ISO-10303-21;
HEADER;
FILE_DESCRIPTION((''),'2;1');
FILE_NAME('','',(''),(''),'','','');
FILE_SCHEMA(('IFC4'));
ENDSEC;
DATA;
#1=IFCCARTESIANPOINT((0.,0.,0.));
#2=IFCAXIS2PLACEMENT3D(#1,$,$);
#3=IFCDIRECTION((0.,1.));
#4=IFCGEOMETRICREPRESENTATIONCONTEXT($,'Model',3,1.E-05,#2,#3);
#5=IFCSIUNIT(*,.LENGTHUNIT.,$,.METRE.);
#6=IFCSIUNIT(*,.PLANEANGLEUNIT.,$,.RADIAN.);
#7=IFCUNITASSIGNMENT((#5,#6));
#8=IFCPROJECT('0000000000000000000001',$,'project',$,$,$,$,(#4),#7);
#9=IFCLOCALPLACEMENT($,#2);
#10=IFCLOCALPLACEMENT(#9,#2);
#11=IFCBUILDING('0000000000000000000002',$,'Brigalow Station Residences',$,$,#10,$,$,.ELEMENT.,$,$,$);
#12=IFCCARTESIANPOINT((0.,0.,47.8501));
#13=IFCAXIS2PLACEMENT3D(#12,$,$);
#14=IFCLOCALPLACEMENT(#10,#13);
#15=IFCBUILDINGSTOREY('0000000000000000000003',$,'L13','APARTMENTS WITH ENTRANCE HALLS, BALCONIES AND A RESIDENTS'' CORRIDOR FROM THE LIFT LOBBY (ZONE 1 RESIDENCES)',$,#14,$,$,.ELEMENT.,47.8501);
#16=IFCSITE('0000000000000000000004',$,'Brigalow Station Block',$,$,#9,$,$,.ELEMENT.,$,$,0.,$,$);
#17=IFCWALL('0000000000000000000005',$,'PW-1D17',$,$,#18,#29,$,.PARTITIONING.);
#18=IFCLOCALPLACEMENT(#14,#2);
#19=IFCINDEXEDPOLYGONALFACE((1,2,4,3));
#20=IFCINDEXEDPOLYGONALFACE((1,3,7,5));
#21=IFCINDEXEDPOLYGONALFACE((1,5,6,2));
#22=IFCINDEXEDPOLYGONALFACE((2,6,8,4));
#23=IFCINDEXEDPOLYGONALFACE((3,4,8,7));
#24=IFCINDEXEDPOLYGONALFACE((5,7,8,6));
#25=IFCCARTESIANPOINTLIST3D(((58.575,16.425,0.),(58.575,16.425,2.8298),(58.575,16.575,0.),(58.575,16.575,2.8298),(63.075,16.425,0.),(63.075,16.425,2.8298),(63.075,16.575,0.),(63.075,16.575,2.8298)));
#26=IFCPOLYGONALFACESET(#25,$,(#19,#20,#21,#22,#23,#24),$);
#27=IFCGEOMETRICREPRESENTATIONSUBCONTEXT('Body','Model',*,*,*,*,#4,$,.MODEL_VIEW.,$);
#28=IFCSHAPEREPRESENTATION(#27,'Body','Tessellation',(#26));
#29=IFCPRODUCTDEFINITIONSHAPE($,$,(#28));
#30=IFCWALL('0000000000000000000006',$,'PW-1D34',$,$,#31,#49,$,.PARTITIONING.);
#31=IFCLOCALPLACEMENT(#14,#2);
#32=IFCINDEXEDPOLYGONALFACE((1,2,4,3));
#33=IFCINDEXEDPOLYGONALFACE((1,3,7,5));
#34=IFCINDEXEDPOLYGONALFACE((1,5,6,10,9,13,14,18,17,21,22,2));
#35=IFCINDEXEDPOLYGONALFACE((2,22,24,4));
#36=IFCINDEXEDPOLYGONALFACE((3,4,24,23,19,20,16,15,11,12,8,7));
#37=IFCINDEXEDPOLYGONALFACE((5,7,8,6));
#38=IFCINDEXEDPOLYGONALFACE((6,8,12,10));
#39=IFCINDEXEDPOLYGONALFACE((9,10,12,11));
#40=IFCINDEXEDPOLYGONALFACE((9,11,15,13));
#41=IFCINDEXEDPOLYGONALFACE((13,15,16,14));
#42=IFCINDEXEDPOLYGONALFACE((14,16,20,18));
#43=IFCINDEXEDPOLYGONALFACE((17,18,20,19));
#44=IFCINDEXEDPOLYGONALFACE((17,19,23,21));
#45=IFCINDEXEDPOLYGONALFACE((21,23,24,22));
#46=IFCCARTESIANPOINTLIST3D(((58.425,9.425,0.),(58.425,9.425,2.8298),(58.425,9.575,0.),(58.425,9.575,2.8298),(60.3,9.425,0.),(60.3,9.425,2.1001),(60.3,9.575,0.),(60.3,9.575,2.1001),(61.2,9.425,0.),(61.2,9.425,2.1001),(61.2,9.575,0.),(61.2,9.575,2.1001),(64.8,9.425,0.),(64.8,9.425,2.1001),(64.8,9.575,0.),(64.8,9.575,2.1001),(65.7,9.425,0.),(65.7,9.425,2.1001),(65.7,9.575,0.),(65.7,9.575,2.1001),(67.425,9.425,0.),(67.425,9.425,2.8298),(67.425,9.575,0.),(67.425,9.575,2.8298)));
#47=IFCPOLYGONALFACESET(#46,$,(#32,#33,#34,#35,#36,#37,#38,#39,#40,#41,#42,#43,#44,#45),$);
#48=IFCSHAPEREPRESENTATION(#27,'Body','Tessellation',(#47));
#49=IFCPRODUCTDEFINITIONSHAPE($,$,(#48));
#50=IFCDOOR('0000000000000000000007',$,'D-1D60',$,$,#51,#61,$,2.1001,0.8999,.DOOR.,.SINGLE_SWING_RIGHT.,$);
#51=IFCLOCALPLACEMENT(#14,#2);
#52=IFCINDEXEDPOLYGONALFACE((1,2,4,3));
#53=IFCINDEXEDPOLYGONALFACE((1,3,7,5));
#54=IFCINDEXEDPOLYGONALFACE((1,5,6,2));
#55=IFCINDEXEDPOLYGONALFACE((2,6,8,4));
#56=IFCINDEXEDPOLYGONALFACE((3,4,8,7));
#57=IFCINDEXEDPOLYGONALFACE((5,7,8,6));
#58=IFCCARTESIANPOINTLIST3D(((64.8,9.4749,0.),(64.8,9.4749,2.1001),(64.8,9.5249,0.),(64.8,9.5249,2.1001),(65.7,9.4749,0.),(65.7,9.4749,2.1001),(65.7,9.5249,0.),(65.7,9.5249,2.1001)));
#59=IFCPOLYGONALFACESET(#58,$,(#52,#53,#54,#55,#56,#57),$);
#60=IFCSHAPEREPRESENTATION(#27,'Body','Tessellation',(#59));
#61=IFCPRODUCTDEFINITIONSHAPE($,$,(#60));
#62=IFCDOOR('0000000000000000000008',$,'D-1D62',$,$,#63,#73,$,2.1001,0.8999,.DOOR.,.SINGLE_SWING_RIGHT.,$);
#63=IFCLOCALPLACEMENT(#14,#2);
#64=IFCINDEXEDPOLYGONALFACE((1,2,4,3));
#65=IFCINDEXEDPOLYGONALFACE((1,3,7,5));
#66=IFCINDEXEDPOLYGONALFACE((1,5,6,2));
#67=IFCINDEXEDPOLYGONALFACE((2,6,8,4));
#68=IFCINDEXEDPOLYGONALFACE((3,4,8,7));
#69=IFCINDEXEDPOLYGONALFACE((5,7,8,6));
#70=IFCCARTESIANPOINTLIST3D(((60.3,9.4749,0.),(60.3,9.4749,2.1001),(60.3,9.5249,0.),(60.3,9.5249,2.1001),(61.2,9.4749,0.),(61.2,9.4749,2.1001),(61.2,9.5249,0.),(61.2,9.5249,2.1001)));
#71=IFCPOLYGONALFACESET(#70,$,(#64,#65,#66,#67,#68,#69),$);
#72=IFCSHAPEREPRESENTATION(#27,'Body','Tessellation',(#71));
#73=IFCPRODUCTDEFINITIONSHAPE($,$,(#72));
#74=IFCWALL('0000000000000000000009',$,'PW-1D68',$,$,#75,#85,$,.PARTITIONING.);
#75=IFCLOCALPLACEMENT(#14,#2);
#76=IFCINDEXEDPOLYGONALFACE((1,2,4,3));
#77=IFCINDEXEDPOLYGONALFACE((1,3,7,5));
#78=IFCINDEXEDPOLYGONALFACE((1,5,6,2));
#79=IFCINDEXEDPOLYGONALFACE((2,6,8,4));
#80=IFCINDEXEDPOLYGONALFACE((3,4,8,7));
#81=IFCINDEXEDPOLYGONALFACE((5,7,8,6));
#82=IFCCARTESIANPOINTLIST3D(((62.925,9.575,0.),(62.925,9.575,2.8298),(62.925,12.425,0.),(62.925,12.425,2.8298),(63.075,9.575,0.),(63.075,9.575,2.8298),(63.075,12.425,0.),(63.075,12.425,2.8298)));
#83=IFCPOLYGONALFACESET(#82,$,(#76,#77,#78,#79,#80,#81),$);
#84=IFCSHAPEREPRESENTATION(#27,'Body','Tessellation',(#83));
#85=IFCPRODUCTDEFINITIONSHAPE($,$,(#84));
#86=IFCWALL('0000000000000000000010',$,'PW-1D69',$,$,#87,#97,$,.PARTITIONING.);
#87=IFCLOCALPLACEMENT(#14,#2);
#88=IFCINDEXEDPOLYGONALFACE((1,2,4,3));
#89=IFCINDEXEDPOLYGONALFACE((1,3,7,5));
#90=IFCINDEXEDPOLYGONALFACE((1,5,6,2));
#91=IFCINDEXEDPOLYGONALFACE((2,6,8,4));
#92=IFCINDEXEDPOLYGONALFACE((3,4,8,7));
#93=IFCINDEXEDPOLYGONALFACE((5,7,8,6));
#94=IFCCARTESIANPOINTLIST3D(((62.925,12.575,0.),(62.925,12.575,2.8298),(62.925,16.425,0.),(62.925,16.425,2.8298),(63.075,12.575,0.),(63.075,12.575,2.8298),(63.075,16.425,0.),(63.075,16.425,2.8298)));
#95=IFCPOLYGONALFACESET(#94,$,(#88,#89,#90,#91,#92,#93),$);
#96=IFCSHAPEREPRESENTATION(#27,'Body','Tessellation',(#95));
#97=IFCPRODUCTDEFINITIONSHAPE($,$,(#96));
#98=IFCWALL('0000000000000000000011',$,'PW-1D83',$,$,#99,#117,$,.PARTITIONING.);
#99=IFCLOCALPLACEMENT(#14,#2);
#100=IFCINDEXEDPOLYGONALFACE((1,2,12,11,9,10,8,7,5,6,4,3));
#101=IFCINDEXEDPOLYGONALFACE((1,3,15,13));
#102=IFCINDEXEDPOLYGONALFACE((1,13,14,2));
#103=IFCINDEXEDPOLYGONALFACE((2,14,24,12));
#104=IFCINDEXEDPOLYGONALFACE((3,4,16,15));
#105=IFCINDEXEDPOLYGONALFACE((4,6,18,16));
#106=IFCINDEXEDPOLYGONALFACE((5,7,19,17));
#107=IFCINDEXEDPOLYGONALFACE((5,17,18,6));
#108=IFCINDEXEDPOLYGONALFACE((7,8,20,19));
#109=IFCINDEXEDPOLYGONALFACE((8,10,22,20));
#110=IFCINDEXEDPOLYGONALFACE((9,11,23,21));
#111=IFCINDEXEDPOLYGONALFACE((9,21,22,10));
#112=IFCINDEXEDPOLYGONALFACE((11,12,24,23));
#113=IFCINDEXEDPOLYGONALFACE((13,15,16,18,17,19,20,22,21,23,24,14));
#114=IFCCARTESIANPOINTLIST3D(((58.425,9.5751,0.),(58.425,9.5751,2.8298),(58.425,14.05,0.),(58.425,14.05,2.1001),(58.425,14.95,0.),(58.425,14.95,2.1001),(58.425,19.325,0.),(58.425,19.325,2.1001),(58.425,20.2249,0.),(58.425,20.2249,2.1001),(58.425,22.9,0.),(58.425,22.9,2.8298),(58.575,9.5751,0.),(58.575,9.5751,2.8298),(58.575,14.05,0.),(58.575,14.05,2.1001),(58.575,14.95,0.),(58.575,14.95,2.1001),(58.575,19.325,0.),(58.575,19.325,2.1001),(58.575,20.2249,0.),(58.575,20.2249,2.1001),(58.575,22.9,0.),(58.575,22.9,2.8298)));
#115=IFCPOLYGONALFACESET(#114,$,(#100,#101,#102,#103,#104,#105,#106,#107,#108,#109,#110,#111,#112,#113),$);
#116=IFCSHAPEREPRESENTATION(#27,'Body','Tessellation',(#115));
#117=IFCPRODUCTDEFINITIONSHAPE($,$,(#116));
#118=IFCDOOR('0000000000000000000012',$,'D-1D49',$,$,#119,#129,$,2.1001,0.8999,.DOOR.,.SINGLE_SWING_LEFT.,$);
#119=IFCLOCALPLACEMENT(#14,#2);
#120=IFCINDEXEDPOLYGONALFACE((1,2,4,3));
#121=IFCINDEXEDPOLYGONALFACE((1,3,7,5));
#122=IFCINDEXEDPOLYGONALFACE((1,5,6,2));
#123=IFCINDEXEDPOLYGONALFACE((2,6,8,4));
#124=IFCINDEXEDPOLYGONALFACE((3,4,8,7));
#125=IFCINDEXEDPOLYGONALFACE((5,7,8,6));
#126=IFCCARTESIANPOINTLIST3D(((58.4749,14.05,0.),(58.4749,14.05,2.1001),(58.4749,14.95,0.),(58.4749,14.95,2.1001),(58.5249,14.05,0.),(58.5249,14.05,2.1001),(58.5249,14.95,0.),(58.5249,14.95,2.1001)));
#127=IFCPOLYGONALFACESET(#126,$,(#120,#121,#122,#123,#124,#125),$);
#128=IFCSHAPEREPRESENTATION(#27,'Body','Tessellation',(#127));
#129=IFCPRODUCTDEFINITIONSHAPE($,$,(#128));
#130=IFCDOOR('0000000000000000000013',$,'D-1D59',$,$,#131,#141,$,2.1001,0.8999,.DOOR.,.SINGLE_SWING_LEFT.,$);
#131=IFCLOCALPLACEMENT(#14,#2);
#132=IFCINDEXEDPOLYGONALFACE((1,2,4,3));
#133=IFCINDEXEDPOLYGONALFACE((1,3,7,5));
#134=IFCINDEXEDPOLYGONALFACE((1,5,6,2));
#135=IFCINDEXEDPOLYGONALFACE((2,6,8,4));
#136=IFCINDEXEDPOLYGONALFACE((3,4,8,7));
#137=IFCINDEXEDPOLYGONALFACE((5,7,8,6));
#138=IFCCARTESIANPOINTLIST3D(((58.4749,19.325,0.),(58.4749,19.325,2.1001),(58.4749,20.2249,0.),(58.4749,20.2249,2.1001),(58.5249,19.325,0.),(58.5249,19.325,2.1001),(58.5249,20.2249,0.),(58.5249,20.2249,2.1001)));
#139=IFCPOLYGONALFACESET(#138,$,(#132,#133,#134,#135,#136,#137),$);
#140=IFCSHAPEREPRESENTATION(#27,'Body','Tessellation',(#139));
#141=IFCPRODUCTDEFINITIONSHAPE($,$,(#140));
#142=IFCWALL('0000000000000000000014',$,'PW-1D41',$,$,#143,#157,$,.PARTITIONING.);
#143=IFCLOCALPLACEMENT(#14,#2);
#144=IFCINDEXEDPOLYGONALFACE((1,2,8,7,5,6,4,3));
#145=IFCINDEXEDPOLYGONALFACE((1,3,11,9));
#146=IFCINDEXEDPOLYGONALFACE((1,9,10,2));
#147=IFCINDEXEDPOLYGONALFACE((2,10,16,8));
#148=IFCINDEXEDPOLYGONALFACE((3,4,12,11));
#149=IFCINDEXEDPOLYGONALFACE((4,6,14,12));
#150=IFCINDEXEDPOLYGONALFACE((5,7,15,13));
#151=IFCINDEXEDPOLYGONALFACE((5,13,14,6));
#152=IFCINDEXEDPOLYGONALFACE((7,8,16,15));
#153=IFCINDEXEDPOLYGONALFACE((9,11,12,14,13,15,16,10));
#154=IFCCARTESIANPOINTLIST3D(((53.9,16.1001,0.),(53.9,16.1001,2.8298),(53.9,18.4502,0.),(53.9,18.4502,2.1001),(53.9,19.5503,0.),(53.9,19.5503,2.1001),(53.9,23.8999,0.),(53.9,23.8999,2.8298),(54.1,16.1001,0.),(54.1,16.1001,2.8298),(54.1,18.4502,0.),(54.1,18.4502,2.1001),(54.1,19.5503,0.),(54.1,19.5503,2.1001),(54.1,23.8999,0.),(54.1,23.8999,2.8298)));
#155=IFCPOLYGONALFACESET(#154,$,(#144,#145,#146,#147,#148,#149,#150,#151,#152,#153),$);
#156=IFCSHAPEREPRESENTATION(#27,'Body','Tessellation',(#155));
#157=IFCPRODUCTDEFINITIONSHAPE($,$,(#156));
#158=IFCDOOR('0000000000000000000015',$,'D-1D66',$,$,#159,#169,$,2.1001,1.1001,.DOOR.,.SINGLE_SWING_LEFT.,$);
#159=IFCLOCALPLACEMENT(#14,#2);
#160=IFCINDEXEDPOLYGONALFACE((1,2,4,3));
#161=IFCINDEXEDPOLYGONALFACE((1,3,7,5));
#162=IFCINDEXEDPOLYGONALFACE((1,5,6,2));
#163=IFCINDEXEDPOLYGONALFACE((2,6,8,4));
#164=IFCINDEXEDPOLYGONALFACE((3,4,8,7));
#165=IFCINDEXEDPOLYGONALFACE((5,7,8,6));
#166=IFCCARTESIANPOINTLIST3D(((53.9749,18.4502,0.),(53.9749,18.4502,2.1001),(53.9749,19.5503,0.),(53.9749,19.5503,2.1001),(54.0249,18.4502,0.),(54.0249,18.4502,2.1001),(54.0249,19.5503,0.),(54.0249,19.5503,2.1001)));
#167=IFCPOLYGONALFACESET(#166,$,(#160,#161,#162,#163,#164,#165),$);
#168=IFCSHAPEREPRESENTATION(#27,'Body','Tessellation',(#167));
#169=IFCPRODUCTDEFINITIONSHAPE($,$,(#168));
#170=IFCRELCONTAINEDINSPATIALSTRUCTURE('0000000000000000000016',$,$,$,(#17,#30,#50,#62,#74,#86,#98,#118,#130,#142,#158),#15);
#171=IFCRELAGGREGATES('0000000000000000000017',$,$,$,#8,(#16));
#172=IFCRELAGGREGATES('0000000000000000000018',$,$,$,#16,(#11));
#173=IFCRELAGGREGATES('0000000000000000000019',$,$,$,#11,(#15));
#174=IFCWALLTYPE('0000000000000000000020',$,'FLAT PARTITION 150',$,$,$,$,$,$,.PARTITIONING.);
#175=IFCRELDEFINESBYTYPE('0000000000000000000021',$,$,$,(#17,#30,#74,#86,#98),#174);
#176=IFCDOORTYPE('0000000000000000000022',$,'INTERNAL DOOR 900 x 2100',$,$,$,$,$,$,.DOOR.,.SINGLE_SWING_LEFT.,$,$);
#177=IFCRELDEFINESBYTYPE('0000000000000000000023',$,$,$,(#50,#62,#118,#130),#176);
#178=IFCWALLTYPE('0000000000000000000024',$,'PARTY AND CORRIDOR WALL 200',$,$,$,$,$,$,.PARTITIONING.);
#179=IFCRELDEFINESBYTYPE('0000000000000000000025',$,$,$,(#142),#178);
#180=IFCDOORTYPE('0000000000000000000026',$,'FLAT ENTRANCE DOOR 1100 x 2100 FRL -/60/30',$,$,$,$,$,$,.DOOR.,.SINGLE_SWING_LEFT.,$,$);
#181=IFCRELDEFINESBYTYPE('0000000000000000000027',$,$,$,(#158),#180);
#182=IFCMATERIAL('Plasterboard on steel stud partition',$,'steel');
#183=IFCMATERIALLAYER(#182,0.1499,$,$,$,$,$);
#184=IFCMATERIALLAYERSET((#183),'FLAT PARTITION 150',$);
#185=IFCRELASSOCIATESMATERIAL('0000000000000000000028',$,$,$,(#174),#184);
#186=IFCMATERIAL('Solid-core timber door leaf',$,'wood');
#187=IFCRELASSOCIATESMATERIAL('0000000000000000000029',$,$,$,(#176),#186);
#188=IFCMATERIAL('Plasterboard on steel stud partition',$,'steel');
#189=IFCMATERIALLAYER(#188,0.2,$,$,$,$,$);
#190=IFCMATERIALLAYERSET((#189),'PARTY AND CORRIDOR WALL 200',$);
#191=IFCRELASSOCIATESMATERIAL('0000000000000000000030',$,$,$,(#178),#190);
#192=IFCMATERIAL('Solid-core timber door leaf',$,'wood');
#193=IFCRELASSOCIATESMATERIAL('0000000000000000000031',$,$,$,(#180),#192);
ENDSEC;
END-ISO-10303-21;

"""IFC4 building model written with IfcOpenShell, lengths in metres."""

from ifc_helpers import new_model, si_unit, direction, frame, frame_2d, origin, place, context, subcontext, project, spatial, rectangle, extrude, material, layer, layer_set, type_object, element, fill, save


model = new_model("IFC4")

# Units and contexts
model_context = context("Model", 3, precision=1e-05, world=origin(), true_north=direction((0.0, 1.0)))
body_context = subcontext(model_context, "Body", "Model", "MODEL_VIEW")
ifc_project = project(units=[si_unit("LENGTHUNIT", "METRE"), si_unit("PLANEANGLEUNIT", "RADIAN")], contexts=[model_context])

# Site, building, storey
site_placement = place(None, origin())
site = spatial("IfcSite", under=ifc_project, at=site_placement, Name="Brigalow Station Block", CompositionType="ELEMENT", RefElevation=0.0)
building_placement = place(site_placement, origin())
building = spatial("IfcBuilding", under=site, at=building_placement, Name="Brigalow Station Residences", CompositionType="ELEMENT")
storey_placement = place(building_placement, frame((0.0, 0.0, 47.8501)))
storey = spatial("IfcBuildingStorey", under=building, at=storey_placement, Name="L13", Description="APARTMENTS WITH ENTRANCE HALLS, BALCONIES AND A RESIDENTS' CORRIDOR FROM THE LIFT LOBBY (ZONE 1 RESIDENCES)", CompositionType="ELEMENT", Elevation=47.8501)

# Shared definitions
ifc_material_1 = material(Name="Plasterboard on steel stud partition", Category="steel")
ifc_layer_1 = layer(ifc_material_1, 0.1499)
ifc_layer_set_1 = layer_set([ifc_layer_1], Name="FLAT PARTITION 150")
wall_type_1 = type_object("IfcWallType", Name="FLAT PARTITION 150", PredefinedType="PARTITIONING", material=ifc_layer_set_1)
ifc_material_2 = material(Name="Solid-core timber door leaf", Category="wood")
door_type_1 = type_object("IfcDoorType", Name="INTERNAL DOOR 900 x 2100", OperationType="SINGLE_SWING_LEFT", PredefinedType="DOOR", material=ifc_material_2)

# Wall
wall_1_placement = place(storey_placement, frame((58.575, 16.5, 0.0), z_axis=(0.0, 0.0, 1.0), x_axis=(1.0, 0.0, 0.0)))
element("IfcWall", 1, at=wall_1_placement, inside=storey, type_object=wall_type_1, Name="PW-1D17", PredefinedType="PARTITIONING", context=body_context, shape_type="SweptSolid", body=[
    extrude(rectangle(XDim=4.5, YDim=0.1499, at=frame_2d((2.25, 0.0))), origin(), (0.0, 0.0, 1.0), 2.8298),
])

# Wall, openings, doors
wall_2_placement = place(storey_placement, frame((58.425, 9.5, 0.0), z_axis=(0.0, 0.0, 1.0), x_axis=(1.0, 0.0, 0.0)))
wall_2 = element("IfcWall", 2, at=wall_2_placement, inside=storey, type_object=wall_type_1, Name="PW-1D34", PredefinedType="PARTITIONING", context=body_context, shape_type="SweptSolid", body=[
    extrude(rectangle(XDim=9.0, YDim=0.1499, at=frame_2d((4.5, 0.0))), origin(), (0.0, 0.0, 1.0), 2.8298),
])
opening_1_placement = place(wall_2_placement, frame((6.375, 0.0, 0.0)))
opening_1 = element("IfcOpeningElement", 3, at=opening_1_placement, cuts=wall_2, PredefinedType="OPENING", context=body_context, shape_type="SweptSolid", body=[
    extrude(rectangle(XDim=0.8999, YDim=2.1001, at=frame_2d((0.45, 1.05))), frame((0.0, 0.085, 0.0), z_axis=(0.0, -1.0, 0.0), x_axis=(1.0, 0.0, 0.0)), (0.0, 0.0, 1.0), 0.1699),
])
opening_2_placement = place(wall_2_placement, frame((1.875, 0.0, 0.0)))
opening_2 = element("IfcOpeningElement", 4, at=opening_2_placement, cuts=wall_2, PredefinedType="OPENING", context=body_context, shape_type="SweptSolid", body=[
    extrude(rectangle(XDim=0.8999, YDim=2.1001, at=frame_2d((0.45, 1.05))), frame((0.0, 0.085, 0.0), z_axis=(0.0, -1.0, 0.0), x_axis=(1.0, 0.0, 0.0)), (0.0, 0.0, 1.0), 0.1699),
])
door_1_placement = place(opening_1_placement, origin())
door_1 = element("IfcDoor", 5, at=door_1_placement, inside=storey, type_object=door_type_1, Name="D-1D60", OperationType="SINGLE_SWING_RIGHT", OverallHeight=2.1001, OverallWidth=0.8999, PredefinedType="DOOR", context=body_context, shape_type="SweptSolid", body=[
    extrude(rectangle(XDim=0.8999, YDim=2.1001, at=frame_2d((0.45, 1.05))), frame((0.0, 0.0249, 0.0), z_axis=(0.0, -1.0, 0.0), x_axis=(1.0, 0.0, 0.0)), (0.0, 0.0, 1.0), 0.05),
])
fill(opening_1, door_1)
door_2_placement = place(opening_2_placement, origin())
door_2 = element("IfcDoor", 6, at=door_2_placement, inside=storey, type_object=door_type_1, Name="D-1D62", OperationType="SINGLE_SWING_RIGHT", OverallHeight=2.1001, OverallWidth=0.8999, PredefinedType="DOOR", context=body_context, shape_type="SweptSolid", body=[
    extrude(rectangle(XDim=0.8999, YDim=2.1001, at=frame_2d((0.45, 1.05))), frame((0.0, 0.0249, 0.0), z_axis=(0.0, -1.0, 0.0), x_axis=(1.0, 0.0, 0.0)), (0.0, 0.0, 1.0), 0.05),
])
fill(opening_2, door_2)

# Walls
wall_3_placement = place(storey_placement, frame((63.0, 9.575, 0.0), z_axis=(0.0, 0.0, 1.0), x_axis=(0.0, 1.0, 0.0)))
element("IfcWall", 7, at=wall_3_placement, inside=storey, type_object=wall_type_1, Name="PW-1D68", PredefinedType="PARTITIONING", context=body_context, shape_type="SweptSolid", body=[
    extrude(rectangle(XDim=2.8501, YDim=0.1499, at=frame_2d((1.425, 0.0))), origin(), (0.0, 0.0, 1.0), 2.8298),
])
wall_4_placement = place(storey_placement, frame((63.0, 12.575, 0.0), z_axis=(0.0, 0.0, 1.0), x_axis=(0.0, 1.0, 0.0)))
element("IfcWall", 8, at=wall_4_placement, inside=storey, type_object=wall_type_1, Name="PW-1D69", PredefinedType="PARTITIONING", context=body_context, shape_type="SweptSolid", body=[
    extrude(rectangle(XDim=3.8501, YDim=0.1499, at=frame_2d((1.925, 0.0))), origin(), (0.0, 0.0, 1.0), 2.8298),
])

# Wall, openings, doors
wall_5_placement = place(storey_placement, frame((58.5, 9.575, 0.0), z_axis=(0.0, 0.0, 1.0), x_axis=(0.0, 1.0, 0.0)))
wall_5 = element("IfcWall", 9, at=wall_5_placement, inside=storey, type_object=wall_type_1, Name="PW-1D83", PredefinedType="PARTITIONING", context=body_context, shape_type="SweptSolid", body=[
    extrude(rectangle(XDim=13.325, YDim=0.1499, at=frame_2d((6.6626, 0.0))), origin(), (0.0, 0.0, 1.0), 2.8298),
])
opening_3_placement = place(wall_5_placement, frame((4.4751, 0.0, 0.0)))
opening_3 = element("IfcOpeningElement", 10, at=opening_3_placement, cuts=wall_5, PredefinedType="OPENING", context=body_context, shape_type="SweptSolid", body=[
    extrude(rectangle(XDim=0.8999, YDim=2.1001, at=frame_2d((0.45, 1.05))), frame((0.0, 0.085, 0.0), z_axis=(0.0, -1.0, 0.0), x_axis=(1.0, 0.0, 0.0)), (0.0, 0.0, 1.0), 0.1699),
])
opening_4_placement = place(wall_5_placement, frame((9.75, 0.0, 0.0)))
opening_4 = element("IfcOpeningElement", 11, at=opening_4_placement, cuts=wall_5, PredefinedType="OPENING", context=body_context, shape_type="SweptSolid", body=[
    extrude(rectangle(XDim=0.8999, YDim=2.1001, at=frame_2d((0.45, 1.05))), frame((0.0, 0.085, 0.0), z_axis=(0.0, -1.0, 0.0), x_axis=(1.0, 0.0, 0.0)), (0.0, 0.0, 1.0), 0.1699),
])
door_3_placement = place(opening_3_placement, frame((0.8999, 0.0, 0.0), z_axis=(0.0, 0.0, 1.0), x_axis=(-1.0, 0.0, 0.0)))
door_3 = element("IfcDoor", 12, at=door_3_placement, inside=storey, type_object=door_type_1, Name="D-1D49", OperationType="SINGLE_SWING_LEFT", OverallHeight=2.1001, OverallWidth=0.8999, PredefinedType="DOOR", context=body_context, shape_type="SweptSolid", body=[
    extrude(rectangle(XDim=0.8999, YDim=2.1001, at=frame_2d((0.45, 1.05))), frame((0.0, 0.0249, 0.0), z_axis=(0.0, -1.0, 0.0), x_axis=(1.0, 0.0, 0.0)), (0.0, 0.0, 1.0), 0.05),
])
fill(opening_3, door_3)
door_4_placement = place(opening_4_placement, frame((0.8999, 0.0, 0.0), z_axis=(0.0, 0.0, 1.0), x_axis=(-1.0, 0.0, 0.0)))
door_4 = element("IfcDoor", 13, at=door_4_placement, inside=storey, type_object=door_type_1, Name="D-1D59", OperationType="SINGLE_SWING_LEFT", OverallHeight=2.1001, OverallWidth=0.8999, PredefinedType="DOOR", context=body_context, shape_type="SweptSolid", body=[
    extrude(rectangle(XDim=0.8999, YDim=2.1001, at=frame_2d((0.45, 1.05))), frame((0.0, 0.0249, 0.0), z_axis=(0.0, -1.0, 0.0), x_axis=(1.0, 0.0, 0.0)), (0.0, 0.0, 1.0), 0.05),
])
fill(opening_4, door_4)

# Wall, opening, door
ifc_material_3 = material(Name="Plasterboard on steel stud partition", Category="steel")
ifc_layer_2 = layer(ifc_material_3, 0.2)
ifc_layer_set_2 = layer_set([ifc_layer_2], Name="PARTY AND CORRIDOR WALL 200")
wall_type_2 = type_object("IfcWallType", Name="PARTY AND CORRIDOR WALL 200", PredefinedType="PARTITIONING", material=ifc_layer_set_2)
wall_6_placement = place(storey_placement, frame((54.0, 16.1001, 0.0), z_axis=(0.0, 0.0, 1.0), x_axis=(0.0, 1.0, 0.0)))
wall_6 = element("IfcWall", 14, at=wall_6_placement, inside=storey, type_object=wall_type_2, Name="PW-1D41", PredefinedType="PARTITIONING", context=body_context, shape_type="SweptSolid", body=[
    extrude(rectangle(XDim=7.7998, YDim=0.2, at=frame_2d((3.8999, 0.0))), origin(), (0.0, 0.0, 1.0), 2.8298),
])
opening_5_placement = place(wall_6_placement, frame((2.3501, 0.0, 0.0)))
opening_5 = element("IfcOpeningElement", 15, at=opening_5_placement, cuts=wall_6, PredefinedType="OPENING", context=body_context, shape_type="SweptSolid", body=[
    extrude(rectangle(XDim=1.1001, YDim=2.1001, at=frame_2d((0.55, 1.05))), frame((0.0, 0.1099, 0.0), z_axis=(0.0, -1.0, 0.0), x_axis=(1.0, 0.0, 0.0)), (0.0, 0.0, 1.0), 0.22),
])
ifc_material_4 = material(Name="Solid-core timber door leaf", Category="wood")
door_type_2 = type_object("IfcDoorType", Name="FLAT ENTRANCE DOOR 1100 x 2100 FRL -/60/30", OperationType="SINGLE_SWING_LEFT", PredefinedType="DOOR", material=ifc_material_4)
door_5_placement = place(opening_5_placement, frame((1.1001, 0.0, 0.0), z_axis=(0.0, 0.0, 1.0), x_axis=(-1.0, 0.0, 0.0)))
door_5 = element("IfcDoor", 16, at=door_5_placement, inside=storey, type_object=door_type_2, Name="D-1D66", OperationType="SINGLE_SWING_LEFT", OverallHeight=2.1001, OverallWidth=1.1001, PredefinedType="DOOR", context=body_context, shape_type="SweptSolid", body=[
    extrude(rectangle(XDim=1.1001, YDim=2.1001, at=frame_2d((0.55, 1.05))), frame((0.0, 0.0249, 0.0), z_axis=(0.0, -1.0, 0.0), x_axis=(1.0, 0.0, 0.0)), (0.0, 0.0, 1.0), 0.05),
])
fill(opening_5, door_5)

save(model, "model.ifc")
